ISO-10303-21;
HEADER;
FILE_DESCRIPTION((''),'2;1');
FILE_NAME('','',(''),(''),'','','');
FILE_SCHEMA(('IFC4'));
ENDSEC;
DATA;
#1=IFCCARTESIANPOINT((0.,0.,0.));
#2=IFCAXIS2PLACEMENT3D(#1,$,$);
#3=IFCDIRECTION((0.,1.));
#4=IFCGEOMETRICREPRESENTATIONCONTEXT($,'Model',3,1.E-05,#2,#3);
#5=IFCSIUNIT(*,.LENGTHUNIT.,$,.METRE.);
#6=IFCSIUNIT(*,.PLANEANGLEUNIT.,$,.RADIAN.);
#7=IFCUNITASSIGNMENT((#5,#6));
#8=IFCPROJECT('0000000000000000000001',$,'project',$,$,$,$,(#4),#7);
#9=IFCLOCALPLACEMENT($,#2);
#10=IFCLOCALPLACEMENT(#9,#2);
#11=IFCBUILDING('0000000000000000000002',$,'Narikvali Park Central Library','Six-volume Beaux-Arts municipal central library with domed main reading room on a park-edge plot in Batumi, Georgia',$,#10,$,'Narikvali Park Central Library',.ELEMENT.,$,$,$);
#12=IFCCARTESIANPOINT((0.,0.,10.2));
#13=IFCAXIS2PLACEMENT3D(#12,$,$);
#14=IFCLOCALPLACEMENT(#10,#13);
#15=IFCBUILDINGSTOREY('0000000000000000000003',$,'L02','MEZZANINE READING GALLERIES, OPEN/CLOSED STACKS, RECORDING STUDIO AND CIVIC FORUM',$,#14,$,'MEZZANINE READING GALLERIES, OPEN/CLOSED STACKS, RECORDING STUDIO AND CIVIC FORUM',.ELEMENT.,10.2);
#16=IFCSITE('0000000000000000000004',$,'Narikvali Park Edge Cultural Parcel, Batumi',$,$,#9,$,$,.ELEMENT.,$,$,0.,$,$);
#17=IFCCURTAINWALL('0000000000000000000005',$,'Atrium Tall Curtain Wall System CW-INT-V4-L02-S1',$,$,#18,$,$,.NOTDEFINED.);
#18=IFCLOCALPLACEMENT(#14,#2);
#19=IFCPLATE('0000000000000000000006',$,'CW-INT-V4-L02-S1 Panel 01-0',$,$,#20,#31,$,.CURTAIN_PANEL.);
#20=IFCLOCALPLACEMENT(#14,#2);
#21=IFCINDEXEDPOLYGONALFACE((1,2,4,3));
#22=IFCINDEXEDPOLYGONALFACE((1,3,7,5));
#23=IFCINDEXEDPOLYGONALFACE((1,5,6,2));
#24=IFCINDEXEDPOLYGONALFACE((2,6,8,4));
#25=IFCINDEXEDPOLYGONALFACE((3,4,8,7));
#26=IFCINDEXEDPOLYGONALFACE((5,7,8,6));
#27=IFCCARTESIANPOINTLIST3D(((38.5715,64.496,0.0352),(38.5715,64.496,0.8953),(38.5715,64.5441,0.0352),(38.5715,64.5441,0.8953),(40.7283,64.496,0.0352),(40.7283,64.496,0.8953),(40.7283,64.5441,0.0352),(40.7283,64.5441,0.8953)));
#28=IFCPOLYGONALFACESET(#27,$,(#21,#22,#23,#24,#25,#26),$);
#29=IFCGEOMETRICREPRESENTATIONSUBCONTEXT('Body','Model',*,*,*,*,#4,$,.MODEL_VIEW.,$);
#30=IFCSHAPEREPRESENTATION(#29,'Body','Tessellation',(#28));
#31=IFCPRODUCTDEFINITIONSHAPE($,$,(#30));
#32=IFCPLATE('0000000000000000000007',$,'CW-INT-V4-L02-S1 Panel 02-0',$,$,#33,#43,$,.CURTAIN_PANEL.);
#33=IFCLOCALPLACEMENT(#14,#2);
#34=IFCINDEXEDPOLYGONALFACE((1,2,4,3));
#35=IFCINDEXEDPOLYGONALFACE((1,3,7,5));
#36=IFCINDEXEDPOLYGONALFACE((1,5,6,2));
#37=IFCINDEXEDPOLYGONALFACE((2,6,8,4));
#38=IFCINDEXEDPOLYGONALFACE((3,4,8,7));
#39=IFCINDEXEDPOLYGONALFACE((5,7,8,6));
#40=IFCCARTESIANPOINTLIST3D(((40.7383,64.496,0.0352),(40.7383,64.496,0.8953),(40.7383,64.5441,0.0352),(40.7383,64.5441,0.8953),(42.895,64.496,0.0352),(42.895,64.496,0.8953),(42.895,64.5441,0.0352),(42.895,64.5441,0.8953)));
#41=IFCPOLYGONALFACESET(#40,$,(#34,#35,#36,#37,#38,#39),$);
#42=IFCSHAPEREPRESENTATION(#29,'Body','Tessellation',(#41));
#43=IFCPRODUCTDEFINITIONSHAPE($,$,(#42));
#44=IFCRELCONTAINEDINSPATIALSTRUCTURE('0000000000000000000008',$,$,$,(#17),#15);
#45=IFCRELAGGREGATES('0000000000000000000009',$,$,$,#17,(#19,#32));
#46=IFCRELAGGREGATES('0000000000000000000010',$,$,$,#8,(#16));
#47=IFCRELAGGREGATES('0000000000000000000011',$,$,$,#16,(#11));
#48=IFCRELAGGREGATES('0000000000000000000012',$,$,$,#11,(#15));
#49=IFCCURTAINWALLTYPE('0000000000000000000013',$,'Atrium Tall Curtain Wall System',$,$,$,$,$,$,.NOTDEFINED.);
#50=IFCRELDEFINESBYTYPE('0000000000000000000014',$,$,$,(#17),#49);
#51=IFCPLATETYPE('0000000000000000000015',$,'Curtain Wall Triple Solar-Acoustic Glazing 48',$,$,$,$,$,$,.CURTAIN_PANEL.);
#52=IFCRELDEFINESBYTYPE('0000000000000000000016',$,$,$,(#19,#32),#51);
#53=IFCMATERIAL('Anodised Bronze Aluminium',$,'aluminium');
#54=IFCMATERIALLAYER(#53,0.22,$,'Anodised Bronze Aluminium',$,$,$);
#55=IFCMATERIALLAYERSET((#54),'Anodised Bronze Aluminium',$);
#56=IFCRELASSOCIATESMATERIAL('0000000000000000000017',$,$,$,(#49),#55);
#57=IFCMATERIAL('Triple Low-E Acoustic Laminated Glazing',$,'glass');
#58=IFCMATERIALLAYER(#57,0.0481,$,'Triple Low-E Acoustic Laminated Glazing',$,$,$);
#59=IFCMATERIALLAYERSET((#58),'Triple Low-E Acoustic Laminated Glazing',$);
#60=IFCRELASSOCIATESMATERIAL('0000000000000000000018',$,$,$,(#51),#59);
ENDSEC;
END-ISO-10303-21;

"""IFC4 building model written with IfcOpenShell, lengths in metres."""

from ifc_helpers import new_model, si_unit, direction, frame, origin, origin_2d, place, context, subcontext, project, spatial, rectangle, extrude, material, layer, layer_set, type_object, element, aggregate, save


model = new_model("IFC4")

# Units and contexts
model_context = context("Model", 3, precision=1e-05, world=origin(), true_north=direction((0.0, 1.0)))
body_context = subcontext(model_context, "Body", "Model", "MODEL_VIEW")
ifc_project = project(units=[si_unit("LENGTHUNIT", "METRE"), si_unit("PLANEANGLEUNIT", "RADIAN")], contexts=[model_context])

# Site, building, storey
site_placement = place(None, origin())
site = spatial("IfcSite", under=ifc_project, at=site_placement, Name="Narikvali Park Edge Cultural Parcel, Batumi", CompositionType="ELEMENT", RefElevation=0.0)
building_placement = place(site_placement, origin())
building = spatial("IfcBuilding", under=site, at=building_placement, Name="Narikvali Park Central Library", Description="Six-volume Beaux-Arts municipal central library with domed main reading room on a park-edge plot in Batumi, Georgia", LongName="Narikvali Park Central Library", CompositionType="ELEMENT")
storey_placement = place(building_placement, frame((0.0, 0.0, 10.2)))
storey = spatial("IfcBuildingStorey", under=building, at=storey_placement, Name="L02", Description="MEZZANINE READING GALLERIES, OPEN/CLOSED STACKS, RECORDING STUDIO AND CIVIC FORUM", LongName="MEZZANINE READING GALLERIES, OPEN/CLOSED STACKS, RECORDING STUDIO AND CIVIC FORUM", CompositionType="ELEMENT", Elevation=10.2)

# Curtain wall
ifc_material_1 = material(Name="Anodised Bronze Aluminium", Category="aluminium")
ifc_layer_1 = layer(ifc_material_1, 0.22, Name="Anodised Bronze Aluminium")
ifc_layer_set_1 = layer_set([ifc_layer_1], Name="Anodised Bronze Aluminium")
curtain_wall_type = type_object("IfcCurtainWallType", Name="Atrium Tall Curtain Wall System", PredefinedType="NOTDEFINED", material=ifc_layer_set_1)
curtain_wall_1_placement = place(storey_placement, origin())
curtain_wall_1 = element("IfcCurtainWall", 1, at=curtain_wall_1_placement, inside=storey, type_object=curtain_wall_type, Name="Atrium Tall Curtain Wall System CW-INT-V4-L02-S1", PredefinedType="NOTDEFINED")

# Plates
ifc_material_2 = material(Name="Triple Low-E Acoustic Laminated Glazing", Category="glass")
ifc_layer_2 = layer(ifc_material_2, 0.0481, Name="Triple Low-E Acoustic Laminated Glazing")
ifc_layer_set_2 = layer_set([ifc_layer_2], Name="Triple Low-E Acoustic Laminated Glazing")
plate_type_1 = type_object("IfcPlateType", Name="Curtain Wall Triple Solar-Acoustic Glazing 48", PredefinedType="CURTAIN_PANEL", material=ifc_layer_set_2)
plate_1_placement = place(storey_placement, frame((39.6499, 64.52, 0.0352), z_axis=(0.0, 0.0, 1.0), x_axis=(1.0, 0.0, 0.0)))
plate_1 = element("IfcPlate", 2, at=plate_1_placement, type_object=plate_type_1, Name="CW-INT-V4-L02-S1 Panel 01-0", PredefinedType="CURTAIN_PANEL", context=body_context, shape_type="SweptSolid", body=[
    extrude(rectangle(XDim=2.1567, YDim=0.0481, at=origin_2d()), origin(), (0.0, 0.0, 1.0), 0.8601),
])
plate_2_placement = place(storey_placement, frame((41.8167, 64.52, 0.0352), z_axis=(0.0, 0.0, 1.0), x_axis=(1.0, 0.0, 0.0)))
plate_2 = element("IfcPlate", 3, at=plate_2_placement, type_object=plate_type_1, Name="CW-INT-V4-L02-S1 Panel 02-0", PredefinedType="CURTAIN_PANEL", context=body_context, shape_type="SweptSolid", body=[
    extrude(rectangle(XDim=2.1567, YDim=0.0481, at=origin_2d()), origin(), (0.0, 0.0, 1.0), 0.8601),
])
aggregate(curtain_wall_1, [plate_1, plate_2])

save(model, "model.ifc")
